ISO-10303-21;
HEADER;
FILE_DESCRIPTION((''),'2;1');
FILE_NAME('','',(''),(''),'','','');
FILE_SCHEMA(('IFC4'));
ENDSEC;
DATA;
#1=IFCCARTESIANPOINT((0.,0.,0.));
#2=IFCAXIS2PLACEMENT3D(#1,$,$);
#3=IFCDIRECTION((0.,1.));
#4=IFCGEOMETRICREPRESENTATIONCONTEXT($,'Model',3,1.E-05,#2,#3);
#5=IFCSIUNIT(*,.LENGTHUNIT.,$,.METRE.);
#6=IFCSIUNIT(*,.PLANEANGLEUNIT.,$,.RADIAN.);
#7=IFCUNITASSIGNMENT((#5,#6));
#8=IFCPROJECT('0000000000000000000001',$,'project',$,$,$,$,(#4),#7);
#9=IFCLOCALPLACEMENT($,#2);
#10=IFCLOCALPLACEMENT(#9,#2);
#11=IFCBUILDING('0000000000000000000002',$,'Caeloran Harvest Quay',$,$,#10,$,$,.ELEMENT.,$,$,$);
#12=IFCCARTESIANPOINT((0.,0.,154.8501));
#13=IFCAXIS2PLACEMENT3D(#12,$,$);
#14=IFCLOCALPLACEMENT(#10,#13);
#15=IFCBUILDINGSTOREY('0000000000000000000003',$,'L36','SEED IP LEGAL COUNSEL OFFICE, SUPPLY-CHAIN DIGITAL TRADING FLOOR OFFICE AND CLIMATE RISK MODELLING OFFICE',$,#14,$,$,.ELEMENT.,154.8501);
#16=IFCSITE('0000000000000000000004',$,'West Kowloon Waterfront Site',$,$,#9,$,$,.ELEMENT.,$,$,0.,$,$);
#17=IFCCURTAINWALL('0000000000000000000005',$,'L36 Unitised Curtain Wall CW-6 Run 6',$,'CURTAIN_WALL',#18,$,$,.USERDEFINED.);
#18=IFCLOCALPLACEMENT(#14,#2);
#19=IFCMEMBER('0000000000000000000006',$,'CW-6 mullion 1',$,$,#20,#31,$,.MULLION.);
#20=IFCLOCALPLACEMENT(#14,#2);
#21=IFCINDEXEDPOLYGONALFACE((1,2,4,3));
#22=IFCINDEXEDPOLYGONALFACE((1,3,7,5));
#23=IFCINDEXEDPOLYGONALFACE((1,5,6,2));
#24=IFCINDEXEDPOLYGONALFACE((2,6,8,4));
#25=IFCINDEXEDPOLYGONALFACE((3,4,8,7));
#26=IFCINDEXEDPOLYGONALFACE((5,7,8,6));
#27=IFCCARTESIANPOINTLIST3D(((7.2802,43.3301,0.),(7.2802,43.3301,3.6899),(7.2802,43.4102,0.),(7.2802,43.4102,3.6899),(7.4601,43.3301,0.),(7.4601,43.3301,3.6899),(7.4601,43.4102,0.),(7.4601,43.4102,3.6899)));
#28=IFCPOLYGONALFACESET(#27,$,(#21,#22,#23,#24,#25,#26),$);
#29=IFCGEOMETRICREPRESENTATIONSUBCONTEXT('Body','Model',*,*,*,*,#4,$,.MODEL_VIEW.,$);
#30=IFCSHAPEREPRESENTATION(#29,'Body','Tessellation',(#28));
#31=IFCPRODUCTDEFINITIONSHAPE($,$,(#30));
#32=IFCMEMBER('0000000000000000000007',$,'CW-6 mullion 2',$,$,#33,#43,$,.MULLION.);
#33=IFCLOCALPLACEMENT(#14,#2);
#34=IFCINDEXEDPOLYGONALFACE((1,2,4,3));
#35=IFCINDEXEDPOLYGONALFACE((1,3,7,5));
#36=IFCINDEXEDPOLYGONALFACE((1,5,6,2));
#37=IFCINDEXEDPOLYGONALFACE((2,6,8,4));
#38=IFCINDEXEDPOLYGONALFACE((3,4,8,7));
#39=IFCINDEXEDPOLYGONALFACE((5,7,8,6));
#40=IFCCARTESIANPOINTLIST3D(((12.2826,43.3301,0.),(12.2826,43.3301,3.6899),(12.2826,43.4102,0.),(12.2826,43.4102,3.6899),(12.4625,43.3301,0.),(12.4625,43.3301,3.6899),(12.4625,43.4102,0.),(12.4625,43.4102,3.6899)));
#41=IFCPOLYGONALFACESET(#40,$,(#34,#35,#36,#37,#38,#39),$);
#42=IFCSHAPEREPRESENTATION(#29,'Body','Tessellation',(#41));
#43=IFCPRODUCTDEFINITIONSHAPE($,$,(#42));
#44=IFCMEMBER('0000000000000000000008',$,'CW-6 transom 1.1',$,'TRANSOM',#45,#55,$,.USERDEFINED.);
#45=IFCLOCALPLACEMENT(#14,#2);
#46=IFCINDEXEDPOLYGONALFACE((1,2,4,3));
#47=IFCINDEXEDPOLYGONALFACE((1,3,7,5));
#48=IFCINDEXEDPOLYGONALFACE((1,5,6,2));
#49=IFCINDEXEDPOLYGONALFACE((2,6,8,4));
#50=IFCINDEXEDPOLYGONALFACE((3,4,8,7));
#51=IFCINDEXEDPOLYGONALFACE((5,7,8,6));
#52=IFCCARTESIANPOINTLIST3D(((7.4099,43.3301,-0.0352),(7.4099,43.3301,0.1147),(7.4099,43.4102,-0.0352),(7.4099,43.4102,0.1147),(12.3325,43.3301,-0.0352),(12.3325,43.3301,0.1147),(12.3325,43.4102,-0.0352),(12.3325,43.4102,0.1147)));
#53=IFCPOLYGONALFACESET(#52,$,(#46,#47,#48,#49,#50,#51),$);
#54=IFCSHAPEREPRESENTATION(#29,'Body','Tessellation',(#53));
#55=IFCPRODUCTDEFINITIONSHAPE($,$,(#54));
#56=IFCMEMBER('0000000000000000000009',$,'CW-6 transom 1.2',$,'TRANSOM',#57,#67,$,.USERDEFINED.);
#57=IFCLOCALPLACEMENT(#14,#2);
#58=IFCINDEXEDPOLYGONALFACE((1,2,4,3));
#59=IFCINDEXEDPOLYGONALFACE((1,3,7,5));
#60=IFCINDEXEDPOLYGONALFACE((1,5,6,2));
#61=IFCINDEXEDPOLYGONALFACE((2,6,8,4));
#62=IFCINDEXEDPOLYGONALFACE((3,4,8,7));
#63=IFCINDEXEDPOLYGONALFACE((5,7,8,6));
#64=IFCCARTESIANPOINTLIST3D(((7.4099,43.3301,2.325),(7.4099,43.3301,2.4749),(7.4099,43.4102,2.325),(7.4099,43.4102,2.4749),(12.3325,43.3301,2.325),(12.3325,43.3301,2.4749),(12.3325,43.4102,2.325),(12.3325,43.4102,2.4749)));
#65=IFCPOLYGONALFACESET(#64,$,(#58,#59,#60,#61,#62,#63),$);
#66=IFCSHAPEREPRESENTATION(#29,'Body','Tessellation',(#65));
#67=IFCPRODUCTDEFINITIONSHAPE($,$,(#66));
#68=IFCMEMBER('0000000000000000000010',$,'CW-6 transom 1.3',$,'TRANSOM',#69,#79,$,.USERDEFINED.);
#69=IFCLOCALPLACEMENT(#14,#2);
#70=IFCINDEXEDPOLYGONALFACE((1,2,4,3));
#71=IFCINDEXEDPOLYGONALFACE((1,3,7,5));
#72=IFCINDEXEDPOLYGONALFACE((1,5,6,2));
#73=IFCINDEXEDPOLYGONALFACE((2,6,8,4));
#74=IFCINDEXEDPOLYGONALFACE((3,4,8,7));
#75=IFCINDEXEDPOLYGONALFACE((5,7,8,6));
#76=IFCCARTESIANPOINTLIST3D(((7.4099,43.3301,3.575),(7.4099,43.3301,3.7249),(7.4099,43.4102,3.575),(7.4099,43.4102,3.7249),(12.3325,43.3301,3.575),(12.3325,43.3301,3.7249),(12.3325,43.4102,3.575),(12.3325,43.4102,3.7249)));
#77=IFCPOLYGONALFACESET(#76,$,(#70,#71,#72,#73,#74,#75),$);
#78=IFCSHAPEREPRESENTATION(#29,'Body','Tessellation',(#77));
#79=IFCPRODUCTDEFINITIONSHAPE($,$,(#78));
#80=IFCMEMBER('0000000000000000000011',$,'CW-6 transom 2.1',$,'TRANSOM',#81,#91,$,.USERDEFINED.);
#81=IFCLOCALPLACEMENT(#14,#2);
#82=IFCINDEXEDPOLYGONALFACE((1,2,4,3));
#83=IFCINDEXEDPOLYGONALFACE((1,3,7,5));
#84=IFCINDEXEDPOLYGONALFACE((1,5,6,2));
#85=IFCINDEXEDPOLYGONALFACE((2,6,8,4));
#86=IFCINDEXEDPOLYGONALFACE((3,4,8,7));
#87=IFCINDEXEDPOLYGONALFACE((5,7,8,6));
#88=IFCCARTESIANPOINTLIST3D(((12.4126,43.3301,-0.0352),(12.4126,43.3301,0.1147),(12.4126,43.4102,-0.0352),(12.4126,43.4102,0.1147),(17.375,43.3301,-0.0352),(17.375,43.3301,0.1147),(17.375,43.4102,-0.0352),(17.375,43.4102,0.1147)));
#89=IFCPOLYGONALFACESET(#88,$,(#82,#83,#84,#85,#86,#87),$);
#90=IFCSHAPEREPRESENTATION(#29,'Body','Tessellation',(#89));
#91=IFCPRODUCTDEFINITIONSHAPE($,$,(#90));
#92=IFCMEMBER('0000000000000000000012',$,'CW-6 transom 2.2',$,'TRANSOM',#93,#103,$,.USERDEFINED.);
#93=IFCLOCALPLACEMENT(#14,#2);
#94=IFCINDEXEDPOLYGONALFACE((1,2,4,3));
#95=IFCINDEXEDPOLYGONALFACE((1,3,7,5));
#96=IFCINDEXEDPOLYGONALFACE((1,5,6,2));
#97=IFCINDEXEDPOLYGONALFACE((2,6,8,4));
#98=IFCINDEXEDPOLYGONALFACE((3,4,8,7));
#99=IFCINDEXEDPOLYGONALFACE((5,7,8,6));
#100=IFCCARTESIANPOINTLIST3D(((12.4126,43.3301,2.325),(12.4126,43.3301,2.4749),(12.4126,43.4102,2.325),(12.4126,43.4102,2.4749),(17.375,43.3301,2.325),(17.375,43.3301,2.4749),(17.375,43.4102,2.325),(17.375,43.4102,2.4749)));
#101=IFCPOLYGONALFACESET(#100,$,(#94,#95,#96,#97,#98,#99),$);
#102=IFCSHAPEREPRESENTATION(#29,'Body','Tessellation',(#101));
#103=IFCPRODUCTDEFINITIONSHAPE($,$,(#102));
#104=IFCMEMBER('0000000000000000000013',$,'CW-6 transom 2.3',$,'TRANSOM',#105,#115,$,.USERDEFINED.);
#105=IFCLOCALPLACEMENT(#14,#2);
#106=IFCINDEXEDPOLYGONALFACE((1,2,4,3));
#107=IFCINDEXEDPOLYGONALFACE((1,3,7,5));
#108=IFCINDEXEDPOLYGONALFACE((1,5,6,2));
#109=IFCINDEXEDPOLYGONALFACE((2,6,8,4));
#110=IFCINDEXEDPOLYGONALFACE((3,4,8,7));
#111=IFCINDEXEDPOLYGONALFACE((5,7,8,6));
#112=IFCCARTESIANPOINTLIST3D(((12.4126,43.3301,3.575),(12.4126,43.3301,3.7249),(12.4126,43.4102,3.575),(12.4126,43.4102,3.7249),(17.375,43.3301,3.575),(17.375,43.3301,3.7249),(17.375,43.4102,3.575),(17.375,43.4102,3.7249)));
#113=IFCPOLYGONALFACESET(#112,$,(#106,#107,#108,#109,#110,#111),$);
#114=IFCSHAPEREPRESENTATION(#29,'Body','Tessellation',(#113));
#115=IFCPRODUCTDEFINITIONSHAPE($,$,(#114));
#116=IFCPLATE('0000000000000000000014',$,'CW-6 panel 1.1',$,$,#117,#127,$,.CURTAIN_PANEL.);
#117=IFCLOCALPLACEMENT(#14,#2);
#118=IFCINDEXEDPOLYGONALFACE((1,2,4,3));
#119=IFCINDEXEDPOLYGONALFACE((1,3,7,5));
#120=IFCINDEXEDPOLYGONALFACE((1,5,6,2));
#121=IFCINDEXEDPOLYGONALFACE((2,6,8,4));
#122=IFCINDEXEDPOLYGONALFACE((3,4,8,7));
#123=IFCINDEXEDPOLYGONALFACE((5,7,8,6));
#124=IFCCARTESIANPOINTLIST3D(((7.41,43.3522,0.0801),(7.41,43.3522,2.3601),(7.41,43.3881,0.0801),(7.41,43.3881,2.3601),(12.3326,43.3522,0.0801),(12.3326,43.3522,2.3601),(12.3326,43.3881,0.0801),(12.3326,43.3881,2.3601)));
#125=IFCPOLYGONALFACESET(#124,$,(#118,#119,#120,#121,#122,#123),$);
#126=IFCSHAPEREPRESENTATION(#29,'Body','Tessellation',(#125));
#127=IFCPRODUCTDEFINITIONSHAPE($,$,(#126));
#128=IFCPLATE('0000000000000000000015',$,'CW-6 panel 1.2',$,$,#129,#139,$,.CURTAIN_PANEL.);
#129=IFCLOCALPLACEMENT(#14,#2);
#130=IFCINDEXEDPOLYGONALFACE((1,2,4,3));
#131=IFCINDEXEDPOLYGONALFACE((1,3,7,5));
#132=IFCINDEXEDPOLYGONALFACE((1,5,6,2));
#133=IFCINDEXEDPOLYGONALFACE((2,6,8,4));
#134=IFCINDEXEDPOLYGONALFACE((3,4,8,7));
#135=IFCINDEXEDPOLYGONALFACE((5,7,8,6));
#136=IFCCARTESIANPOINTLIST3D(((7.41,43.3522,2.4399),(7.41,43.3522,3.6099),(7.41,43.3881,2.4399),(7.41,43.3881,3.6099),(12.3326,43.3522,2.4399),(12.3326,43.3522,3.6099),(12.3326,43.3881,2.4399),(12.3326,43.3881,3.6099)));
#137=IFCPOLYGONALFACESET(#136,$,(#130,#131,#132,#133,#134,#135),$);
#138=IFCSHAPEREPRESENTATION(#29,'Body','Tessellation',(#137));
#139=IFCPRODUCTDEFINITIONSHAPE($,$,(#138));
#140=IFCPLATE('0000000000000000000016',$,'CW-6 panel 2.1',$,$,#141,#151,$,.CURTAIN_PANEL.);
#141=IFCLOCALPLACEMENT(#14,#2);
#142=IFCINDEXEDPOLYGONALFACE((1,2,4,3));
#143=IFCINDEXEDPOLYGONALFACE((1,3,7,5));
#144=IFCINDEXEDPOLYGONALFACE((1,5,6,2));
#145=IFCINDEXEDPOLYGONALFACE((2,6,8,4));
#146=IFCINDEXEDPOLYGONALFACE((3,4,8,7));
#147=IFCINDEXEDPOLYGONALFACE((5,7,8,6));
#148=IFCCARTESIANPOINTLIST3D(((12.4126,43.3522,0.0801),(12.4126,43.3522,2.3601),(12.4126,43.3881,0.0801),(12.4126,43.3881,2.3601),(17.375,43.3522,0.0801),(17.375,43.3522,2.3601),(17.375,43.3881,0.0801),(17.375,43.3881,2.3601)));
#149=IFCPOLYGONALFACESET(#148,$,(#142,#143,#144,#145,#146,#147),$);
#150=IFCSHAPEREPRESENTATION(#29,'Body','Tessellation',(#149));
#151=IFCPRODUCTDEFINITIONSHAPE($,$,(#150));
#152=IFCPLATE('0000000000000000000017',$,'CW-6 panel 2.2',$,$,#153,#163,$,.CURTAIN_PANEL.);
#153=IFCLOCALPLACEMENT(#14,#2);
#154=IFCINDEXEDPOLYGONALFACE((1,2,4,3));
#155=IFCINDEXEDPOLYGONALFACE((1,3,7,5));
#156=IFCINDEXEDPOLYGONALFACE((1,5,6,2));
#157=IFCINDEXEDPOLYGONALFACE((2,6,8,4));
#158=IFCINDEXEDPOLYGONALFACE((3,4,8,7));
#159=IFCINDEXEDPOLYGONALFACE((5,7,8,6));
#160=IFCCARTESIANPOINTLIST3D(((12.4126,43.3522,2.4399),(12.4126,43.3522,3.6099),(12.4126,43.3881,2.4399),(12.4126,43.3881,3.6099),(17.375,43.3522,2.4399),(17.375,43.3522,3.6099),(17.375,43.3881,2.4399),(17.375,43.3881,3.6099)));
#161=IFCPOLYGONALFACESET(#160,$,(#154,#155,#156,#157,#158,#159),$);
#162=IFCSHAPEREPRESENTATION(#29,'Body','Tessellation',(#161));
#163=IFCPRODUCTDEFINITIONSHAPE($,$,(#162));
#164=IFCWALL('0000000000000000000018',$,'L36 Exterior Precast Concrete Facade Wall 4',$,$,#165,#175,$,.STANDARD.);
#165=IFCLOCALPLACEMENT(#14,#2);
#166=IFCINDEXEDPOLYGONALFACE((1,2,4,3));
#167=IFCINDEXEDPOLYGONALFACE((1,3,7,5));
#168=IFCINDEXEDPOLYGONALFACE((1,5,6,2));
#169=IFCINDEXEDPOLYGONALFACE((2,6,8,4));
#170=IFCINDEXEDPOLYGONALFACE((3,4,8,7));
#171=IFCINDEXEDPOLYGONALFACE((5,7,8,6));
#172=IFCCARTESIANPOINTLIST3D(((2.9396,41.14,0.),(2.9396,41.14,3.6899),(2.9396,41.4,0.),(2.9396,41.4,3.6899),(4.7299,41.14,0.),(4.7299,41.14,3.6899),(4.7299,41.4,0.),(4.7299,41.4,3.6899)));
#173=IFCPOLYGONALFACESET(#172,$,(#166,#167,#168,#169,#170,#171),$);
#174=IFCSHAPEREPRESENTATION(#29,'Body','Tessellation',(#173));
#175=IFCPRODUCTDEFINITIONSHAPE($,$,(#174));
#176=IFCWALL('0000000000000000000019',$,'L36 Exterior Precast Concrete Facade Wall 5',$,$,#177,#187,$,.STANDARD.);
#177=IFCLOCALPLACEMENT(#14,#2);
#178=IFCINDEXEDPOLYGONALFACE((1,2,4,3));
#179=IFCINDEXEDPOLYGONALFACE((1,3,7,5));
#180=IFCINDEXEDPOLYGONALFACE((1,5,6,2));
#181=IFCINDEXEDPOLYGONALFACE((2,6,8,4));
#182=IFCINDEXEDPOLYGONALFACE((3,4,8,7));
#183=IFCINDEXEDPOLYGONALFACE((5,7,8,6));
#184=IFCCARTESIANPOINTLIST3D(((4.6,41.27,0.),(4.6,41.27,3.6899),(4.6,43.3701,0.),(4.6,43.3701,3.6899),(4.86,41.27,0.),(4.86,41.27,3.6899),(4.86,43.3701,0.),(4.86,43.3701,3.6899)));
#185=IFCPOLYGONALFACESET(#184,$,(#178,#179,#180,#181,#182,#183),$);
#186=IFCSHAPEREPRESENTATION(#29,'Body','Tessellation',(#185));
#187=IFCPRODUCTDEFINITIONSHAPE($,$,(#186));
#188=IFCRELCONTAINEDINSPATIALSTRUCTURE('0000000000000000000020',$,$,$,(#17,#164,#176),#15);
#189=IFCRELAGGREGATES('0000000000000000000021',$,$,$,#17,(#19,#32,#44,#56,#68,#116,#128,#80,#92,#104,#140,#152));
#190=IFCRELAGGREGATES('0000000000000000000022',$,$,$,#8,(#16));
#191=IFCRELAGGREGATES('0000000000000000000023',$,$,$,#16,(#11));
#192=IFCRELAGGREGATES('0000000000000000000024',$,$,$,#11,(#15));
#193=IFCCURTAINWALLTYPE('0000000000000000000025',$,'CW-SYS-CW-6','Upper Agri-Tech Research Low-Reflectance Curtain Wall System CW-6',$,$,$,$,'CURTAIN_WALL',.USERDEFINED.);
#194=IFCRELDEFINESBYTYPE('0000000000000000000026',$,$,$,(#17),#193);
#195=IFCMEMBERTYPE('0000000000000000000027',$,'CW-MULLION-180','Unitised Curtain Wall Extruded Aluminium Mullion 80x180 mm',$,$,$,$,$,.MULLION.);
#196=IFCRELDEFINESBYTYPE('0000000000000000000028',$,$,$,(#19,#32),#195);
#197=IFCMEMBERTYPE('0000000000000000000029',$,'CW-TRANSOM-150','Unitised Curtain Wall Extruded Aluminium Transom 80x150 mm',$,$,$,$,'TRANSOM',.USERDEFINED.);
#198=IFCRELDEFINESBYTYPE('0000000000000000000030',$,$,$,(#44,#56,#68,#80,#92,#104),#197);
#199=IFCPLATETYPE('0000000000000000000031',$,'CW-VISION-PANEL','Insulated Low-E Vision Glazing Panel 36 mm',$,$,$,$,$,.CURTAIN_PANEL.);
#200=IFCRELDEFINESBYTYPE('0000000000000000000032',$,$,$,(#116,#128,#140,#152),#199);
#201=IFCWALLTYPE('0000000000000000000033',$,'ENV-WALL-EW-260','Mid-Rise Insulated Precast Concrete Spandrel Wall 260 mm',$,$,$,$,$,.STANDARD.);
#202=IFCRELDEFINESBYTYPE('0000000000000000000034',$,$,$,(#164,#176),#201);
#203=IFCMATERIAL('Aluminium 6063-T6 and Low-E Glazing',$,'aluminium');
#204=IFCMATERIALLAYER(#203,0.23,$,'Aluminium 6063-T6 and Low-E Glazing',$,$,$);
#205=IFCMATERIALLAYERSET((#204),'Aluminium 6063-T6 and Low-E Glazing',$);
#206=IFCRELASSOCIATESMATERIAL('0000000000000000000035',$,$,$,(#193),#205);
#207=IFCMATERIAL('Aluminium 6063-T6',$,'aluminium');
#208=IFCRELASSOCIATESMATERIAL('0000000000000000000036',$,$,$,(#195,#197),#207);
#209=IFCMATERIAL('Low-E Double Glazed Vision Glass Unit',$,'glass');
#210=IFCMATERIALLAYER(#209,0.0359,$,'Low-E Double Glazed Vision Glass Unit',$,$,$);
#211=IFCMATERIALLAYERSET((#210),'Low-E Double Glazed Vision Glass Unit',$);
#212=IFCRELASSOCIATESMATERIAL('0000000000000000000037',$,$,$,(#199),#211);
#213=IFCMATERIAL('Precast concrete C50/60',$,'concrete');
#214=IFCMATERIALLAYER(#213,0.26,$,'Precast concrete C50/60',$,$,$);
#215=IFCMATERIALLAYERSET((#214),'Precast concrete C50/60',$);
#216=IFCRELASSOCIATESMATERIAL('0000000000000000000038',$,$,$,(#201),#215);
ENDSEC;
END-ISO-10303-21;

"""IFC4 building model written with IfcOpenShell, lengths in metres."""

from ifc_helpers import new_model, si_unit, direction, frame, frame_2d, origin, origin_2d, place, context, subcontext, project, spatial, rectangle, extrude, material, layer, layer_set, material_profile, profile_set, type_object, element, aggregate, save


model = new_model("IFC4")

# Units and contexts
model_context = context("Model", 3, precision=1e-05, world=origin(), true_north=direction((0.0, 1.0)))
body_context = subcontext(model_context, "Body", "Model", "MODEL_VIEW")
ifc_project = project(units=[si_unit("LENGTHUNIT", "METRE"), si_unit("PLANEANGLEUNIT", "RADIAN")], contexts=[model_context])

# Site, building, storey
site_placement = place(None, origin())
site = spatial("IfcSite", under=ifc_project, at=site_placement, Name="West Kowloon Waterfront Site", CompositionType="ELEMENT", RefElevation=0.0)
building_placement = place(site_placement, origin())
building = spatial("IfcBuilding", under=site, at=building_placement, Name="Caeloran Harvest Quay", CompositionType="ELEMENT")
storey_placement = place(building_placement, frame((0.0, 0.0, 154.8501)))
storey = spatial("IfcBuildingStorey", under=building, at=storey_placement, Name="L36", Description="SEED IP LEGAL COUNSEL OFFICE, SUPPLY-CHAIN DIGITAL TRADING FLOOR OFFICE AND CLIMATE RISK MODELLING OFFICE", CompositionType="ELEMENT", Elevation=154.8501)

# Curtain wall, members, plates
ifc_material_1 = material(Name="Aluminium 6063-T6 and Low-E Glazing", Category="aluminium")
ifc_layer_1 = layer(ifc_material_1, 0.23, Name="Aluminium 6063-T6 and Low-E Glazing")
ifc_layer_set_1 = layer_set([ifc_layer_1], Name="Aluminium 6063-T6 and Low-E Glazing")
curtain_wall_type = type_object("IfcCurtainWallType", Name="CW-SYS-CW-6", Description="Upper Agri-Tech Research Low-Reflectance Curtain Wall System CW-6", ElementType="CURTAIN_WALL", PredefinedType="USERDEFINED", material=ifc_layer_set_1)
curtain_wall_placement = place(storey_placement, origin())
curtain_wall = element("IfcCurtainWall", 1, at=curtain_wall_placement, inside=storey, type_object=curtain_wall_type, Name="L36 Unitised Curtain Wall CW-6 Run 6", ObjectType="CURTAIN_WALL", PredefinedType="USERDEFINED")
ifc_material_2 = material(Name="Aluminium 6063-T6", Category="aluminium")
ifc_material_profile_1 = material_profile(ifc_material_2, rectangle(XDim=0.0801, YDim=0.1799, at=origin_2d()), Name="CW-MULLION-180")
ifc_profile_set_1 = profile_set([ifc_material_profile_1], Name="Aluminium 6063-T6")
member_type_1 = type_object("IfcMemberType", Name="CW-MULLION-180", Description="Unitised Curtain Wall Extruded Aluminium Mullion 80x180 mm", PredefinedType="MULLION", material=ifc_profile_set_1)
member_1_placement = place(storey_placement, frame((7.3701, 43.3701, 0.0), z_axis=(0.0, 0.0, 1.0), x_axis=(0.0, 1.0, 0.0)))
member_1 = element("IfcMember", 2, at=member_1_placement, type_object=member_type_1, Name="CW-6 mullion 1", PredefinedType="MULLION", context=body_context, shape_type="SweptSolid", body=[
    extrude(rectangle(XDim=0.0801, YDim=0.1799, at=origin_2d()), origin(), (0.0, 0.0, 1.0), 3.6899),
])
member_2_placement = place(storey_placement, frame((12.3726, 43.3701, 0.0), z_axis=(0.0, 0.0, 1.0), x_axis=(0.0, 1.0, 0.0)))
member_2 = element("IfcMember", 3, at=member_2_placement, type_object=member_type_1, Name="CW-6 mullion 2", PredefinedType="MULLION", context=body_context, shape_type="SweptSolid", body=[
    extrude(rectangle(XDim=0.0801, YDim=0.1799, at=origin_2d()), origin(), (0.0, 0.0, 1.0), 3.6899),
])
ifc_material_profile_2 = material_profile(ifc_material_2, rectangle(XDim=0.0801, YDim=0.1499, at=origin_2d()), Name="CW-TRANSOM-150")
ifc_profile_set_2 = profile_set([ifc_material_profile_2], Name="Aluminium 6063-T6")
member_type_2 = type_object("IfcMemberType", Name="CW-TRANSOM-150", Description="Unitised Curtain Wall Extruded Aluminium Transom 80x150 mm", ElementType="TRANSOM", PredefinedType="USERDEFINED", material=ifc_profile_set_2)
member_3_placement = place(storey_placement, frame((7.4099, 43.3701, 0.0398), z_axis=(1.0, 0.0, 0.0), x_axis=(0.0, 1.0, 0.0)))
member_3 = element("IfcMember", 4, at=member_3_placement, type_object=member_type_2, Name="CW-6 transom 1.1", ObjectType="TRANSOM", PredefinedType="USERDEFINED", context=body_context, shape_type="SweptSolid", body=[
    extrude(rectangle(XDim=0.0801, YDim=0.1499, at=origin_2d()), origin(), (0.0, 0.0, 1.0), 4.9226),
])
member_4_placement = place(storey_placement, frame((7.4099, 43.3701, 2.3999), z_axis=(1.0, 0.0, 0.0), x_axis=(0.0, 1.0, 0.0)))
member_4 = element("IfcMember", 5, at=member_4_placement, type_object=member_type_2, Name="CW-6 transom 1.2", ObjectType="TRANSOM", PredefinedType="USERDEFINED", context=body_context, shape_type="SweptSolid", body=[
    extrude(rectangle(XDim=0.0801, YDim=0.1499, at=origin_2d()), origin(), (0.0, 0.0, 1.0), 4.9226),
])
member_5_placement = place(storey_placement, frame((7.4099, 43.3701, 3.6499), z_axis=(1.0, 0.0, 0.0), x_axis=(0.0, 1.0, 0.0)))
member_5 = element("IfcMember", 6, at=member_5_placement, type_object=member_type_2, Name="CW-6 transom 1.3", ObjectType="TRANSOM", PredefinedType="USERDEFINED", context=body_context, shape_type="SweptSolid", body=[
    extrude(rectangle(XDim=0.0801, YDim=0.1499, at=origin_2d()), origin(), (0.0, 0.0, 1.0), 4.9226),
])
member_6_placement = place(storey_placement, frame((12.4126, 43.3701, 0.0398), z_axis=(1.0, 0.0, 0.0), x_axis=(0.0, 1.0, 0.0)))
member_6 = element("IfcMember", 7, at=member_6_placement, type_object=member_type_2, Name="CW-6 transom 2.1", ObjectType="TRANSOM", PredefinedType="USERDEFINED", context=body_context, shape_type="SweptSolid", body=[
    extrude(rectangle(XDim=0.0801, YDim=0.1499, at=origin_2d()), origin(), (0.0, 0.0, 1.0), 4.9624),
])
member_7_placement = place(storey_placement, frame((12.4126, 43.3701, 2.3999), z_axis=(1.0, 0.0, 0.0), x_axis=(0.0, 1.0, 0.0)))
member_7 = element("IfcMember", 8, at=member_7_placement, type_object=member_type_2, Name="CW-6 transom 2.2", ObjectType="TRANSOM", PredefinedType="USERDEFINED", context=body_context, shape_type="SweptSolid", body=[
    extrude(rectangle(XDim=0.0801, YDim=0.1499, at=origin_2d()), origin(), (0.0, 0.0, 1.0), 4.9624),
])
member_8_placement = place(storey_placement, frame((12.4126, 43.3701, 3.6499), z_axis=(1.0, 0.0, 0.0), x_axis=(0.0, 1.0, 0.0)))
member_8 = element("IfcMember", 9, at=member_8_placement, type_object=member_type_2, Name="CW-6 transom 2.3", ObjectType="TRANSOM", PredefinedType="USERDEFINED", context=body_context, shape_type="SweptSolid", body=[
    extrude(rectangle(XDim=0.0801, YDim=0.1499, at=origin_2d()), origin(), (0.0, 0.0, 1.0), 4.9624),
])
ifc_material_3 = material(Name="Low-E Double Glazed Vision Glass Unit", Category="glass")
ifc_layer_2 = layer(ifc_material_3, 0.0359, Name="Low-E Double Glazed Vision Glass Unit")
ifc_layer_set_2 = layer_set([ifc_layer_2], Name="Low-E Double Glazed Vision Glass Unit")
plate_type = type_object("IfcPlateType", Name="CW-VISION-PANEL", Description="Insulated Low-E Vision Glazing Panel 36 mm", PredefinedType="CURTAIN_PANEL", material=ifc_layer_set_2)
plate_1_placement = place(storey_placement, frame((9.8713, 43.3701, 0.0801), z_axis=(0.0, 0.0, 1.0), x_axis=(1.0, 0.0, 0.0)))
plate_1 = element("IfcPlate", 10, at=plate_1_placement, type_object=plate_type, Name="CW-6 panel 1.1", PredefinedType="CURTAIN_PANEL", context=body_context, shape_type="SweptSolid", body=[
    extrude(rectangle(XDim=4.9226, YDim=0.0359, at=origin_2d()), origin(), (0.0, 0.0, 1.0), 2.28),
])
plate_2_placement = place(storey_placement, frame((9.8713, 43.3701, 2.4399), z_axis=(0.0, 0.0, 1.0), x_axis=(1.0, 0.0, 0.0)))
plate_2 = element("IfcPlate", 11, at=plate_2_placement, type_object=plate_type, Name="CW-6 panel 1.2", PredefinedType="CURTAIN_PANEL", context=body_context, shape_type="SweptSolid", body=[
    extrude(rectangle(XDim=4.9226, YDim=0.0359, at=origin_2d()), origin(), (0.0, 0.0, 1.0), 1.1699),
])
plate_3_placement = place(storey_placement, frame((14.8938, 43.3701, 0.0801), z_axis=(0.0, 0.0, 1.0), x_axis=(1.0, 0.0, 0.0)))
plate_3 = element("IfcPlate", 12, at=plate_3_placement, type_object=plate_type, Name="CW-6 panel 2.1", PredefinedType="CURTAIN_PANEL", context=body_context, shape_type="SweptSolid", body=[
    extrude(rectangle(XDim=4.9624, YDim=0.0359, at=origin_2d()), origin(), (0.0, 0.0, 1.0), 2.28),
])
plate_4_placement = place(storey_placement, frame((14.8938, 43.3701, 2.4399), z_axis=(0.0, 0.0, 1.0), x_axis=(1.0, 0.0, 0.0)))
plate_4 = element("IfcPlate", 13, at=plate_4_placement, type_object=plate_type, Name="CW-6 panel 2.2", PredefinedType="CURTAIN_PANEL", context=body_context, shape_type="SweptSolid", body=[
    extrude(rectangle(XDim=4.9624, YDim=0.0359, at=origin_2d()), origin(), (0.0, 0.0, 1.0), 1.1699),
])
aggregate(curtain_wall, [member_1, member_2, member_3, member_4, member_5, plate_1, plate_2, member_6, member_7, member_8, plate_3, plate_4])

# Walls
ifc_material_4 = material(Name="Precast concrete C50/60", Category="concrete")
ifc_layer_3 = layer(ifc_material_4, 0.26, Name="Precast concrete C50/60")
ifc_layer_set_3 = layer_set([ifc_layer_3], Name="Precast concrete C50/60")
wall_type_1 = type_object("IfcWallType", Name="ENV-WALL-EW-260", Description="Mid-Rise Insulated Precast Concrete Spandrel Wall 260 mm", PredefinedType="STANDARD", material=ifc_layer_set_3)
wall_1_placement = place(storey_placement, frame((2.9397, 41.27, 0.0), z_axis=(0.0, 0.0, 1.0), x_axis=(1.0, 0.0, 0.0)))
element("IfcWall", 14, at=wall_1_placement, inside=storey, type_object=wall_type_1, Name="L36 Exterior Precast Concrete Facade Wall 4", PredefinedType="STANDARD", context=body_context, shape_type="SweptSolid", body=[
    extrude(rectangle(XDim=1.7903, YDim=0.26, at=frame_2d((0.895, 0.0))), origin(), (0.0, 0.0, 1.0), 3.6899),
])
wall_2_placement = place(storey_placement, frame((4.73, 41.27, 0.0), z_axis=(0.0, 0.0, 1.0), x_axis=(0.0, 1.0, 0.0)))
element("IfcWall", 15, at=wall_2_placement, inside=storey, type_object=wall_type_1, Name="L36 Exterior Precast Concrete Facade Wall 5", PredefinedType="STANDARD", context=body_context, shape_type="SweptSolid", body=[
    extrude(rectangle(XDim=2.1001, YDim=0.26, at=frame_2d((1.05, 0.0))), origin(), (0.0, 0.0, 1.0), 3.6899),
])

save(model, "model.ifc")
